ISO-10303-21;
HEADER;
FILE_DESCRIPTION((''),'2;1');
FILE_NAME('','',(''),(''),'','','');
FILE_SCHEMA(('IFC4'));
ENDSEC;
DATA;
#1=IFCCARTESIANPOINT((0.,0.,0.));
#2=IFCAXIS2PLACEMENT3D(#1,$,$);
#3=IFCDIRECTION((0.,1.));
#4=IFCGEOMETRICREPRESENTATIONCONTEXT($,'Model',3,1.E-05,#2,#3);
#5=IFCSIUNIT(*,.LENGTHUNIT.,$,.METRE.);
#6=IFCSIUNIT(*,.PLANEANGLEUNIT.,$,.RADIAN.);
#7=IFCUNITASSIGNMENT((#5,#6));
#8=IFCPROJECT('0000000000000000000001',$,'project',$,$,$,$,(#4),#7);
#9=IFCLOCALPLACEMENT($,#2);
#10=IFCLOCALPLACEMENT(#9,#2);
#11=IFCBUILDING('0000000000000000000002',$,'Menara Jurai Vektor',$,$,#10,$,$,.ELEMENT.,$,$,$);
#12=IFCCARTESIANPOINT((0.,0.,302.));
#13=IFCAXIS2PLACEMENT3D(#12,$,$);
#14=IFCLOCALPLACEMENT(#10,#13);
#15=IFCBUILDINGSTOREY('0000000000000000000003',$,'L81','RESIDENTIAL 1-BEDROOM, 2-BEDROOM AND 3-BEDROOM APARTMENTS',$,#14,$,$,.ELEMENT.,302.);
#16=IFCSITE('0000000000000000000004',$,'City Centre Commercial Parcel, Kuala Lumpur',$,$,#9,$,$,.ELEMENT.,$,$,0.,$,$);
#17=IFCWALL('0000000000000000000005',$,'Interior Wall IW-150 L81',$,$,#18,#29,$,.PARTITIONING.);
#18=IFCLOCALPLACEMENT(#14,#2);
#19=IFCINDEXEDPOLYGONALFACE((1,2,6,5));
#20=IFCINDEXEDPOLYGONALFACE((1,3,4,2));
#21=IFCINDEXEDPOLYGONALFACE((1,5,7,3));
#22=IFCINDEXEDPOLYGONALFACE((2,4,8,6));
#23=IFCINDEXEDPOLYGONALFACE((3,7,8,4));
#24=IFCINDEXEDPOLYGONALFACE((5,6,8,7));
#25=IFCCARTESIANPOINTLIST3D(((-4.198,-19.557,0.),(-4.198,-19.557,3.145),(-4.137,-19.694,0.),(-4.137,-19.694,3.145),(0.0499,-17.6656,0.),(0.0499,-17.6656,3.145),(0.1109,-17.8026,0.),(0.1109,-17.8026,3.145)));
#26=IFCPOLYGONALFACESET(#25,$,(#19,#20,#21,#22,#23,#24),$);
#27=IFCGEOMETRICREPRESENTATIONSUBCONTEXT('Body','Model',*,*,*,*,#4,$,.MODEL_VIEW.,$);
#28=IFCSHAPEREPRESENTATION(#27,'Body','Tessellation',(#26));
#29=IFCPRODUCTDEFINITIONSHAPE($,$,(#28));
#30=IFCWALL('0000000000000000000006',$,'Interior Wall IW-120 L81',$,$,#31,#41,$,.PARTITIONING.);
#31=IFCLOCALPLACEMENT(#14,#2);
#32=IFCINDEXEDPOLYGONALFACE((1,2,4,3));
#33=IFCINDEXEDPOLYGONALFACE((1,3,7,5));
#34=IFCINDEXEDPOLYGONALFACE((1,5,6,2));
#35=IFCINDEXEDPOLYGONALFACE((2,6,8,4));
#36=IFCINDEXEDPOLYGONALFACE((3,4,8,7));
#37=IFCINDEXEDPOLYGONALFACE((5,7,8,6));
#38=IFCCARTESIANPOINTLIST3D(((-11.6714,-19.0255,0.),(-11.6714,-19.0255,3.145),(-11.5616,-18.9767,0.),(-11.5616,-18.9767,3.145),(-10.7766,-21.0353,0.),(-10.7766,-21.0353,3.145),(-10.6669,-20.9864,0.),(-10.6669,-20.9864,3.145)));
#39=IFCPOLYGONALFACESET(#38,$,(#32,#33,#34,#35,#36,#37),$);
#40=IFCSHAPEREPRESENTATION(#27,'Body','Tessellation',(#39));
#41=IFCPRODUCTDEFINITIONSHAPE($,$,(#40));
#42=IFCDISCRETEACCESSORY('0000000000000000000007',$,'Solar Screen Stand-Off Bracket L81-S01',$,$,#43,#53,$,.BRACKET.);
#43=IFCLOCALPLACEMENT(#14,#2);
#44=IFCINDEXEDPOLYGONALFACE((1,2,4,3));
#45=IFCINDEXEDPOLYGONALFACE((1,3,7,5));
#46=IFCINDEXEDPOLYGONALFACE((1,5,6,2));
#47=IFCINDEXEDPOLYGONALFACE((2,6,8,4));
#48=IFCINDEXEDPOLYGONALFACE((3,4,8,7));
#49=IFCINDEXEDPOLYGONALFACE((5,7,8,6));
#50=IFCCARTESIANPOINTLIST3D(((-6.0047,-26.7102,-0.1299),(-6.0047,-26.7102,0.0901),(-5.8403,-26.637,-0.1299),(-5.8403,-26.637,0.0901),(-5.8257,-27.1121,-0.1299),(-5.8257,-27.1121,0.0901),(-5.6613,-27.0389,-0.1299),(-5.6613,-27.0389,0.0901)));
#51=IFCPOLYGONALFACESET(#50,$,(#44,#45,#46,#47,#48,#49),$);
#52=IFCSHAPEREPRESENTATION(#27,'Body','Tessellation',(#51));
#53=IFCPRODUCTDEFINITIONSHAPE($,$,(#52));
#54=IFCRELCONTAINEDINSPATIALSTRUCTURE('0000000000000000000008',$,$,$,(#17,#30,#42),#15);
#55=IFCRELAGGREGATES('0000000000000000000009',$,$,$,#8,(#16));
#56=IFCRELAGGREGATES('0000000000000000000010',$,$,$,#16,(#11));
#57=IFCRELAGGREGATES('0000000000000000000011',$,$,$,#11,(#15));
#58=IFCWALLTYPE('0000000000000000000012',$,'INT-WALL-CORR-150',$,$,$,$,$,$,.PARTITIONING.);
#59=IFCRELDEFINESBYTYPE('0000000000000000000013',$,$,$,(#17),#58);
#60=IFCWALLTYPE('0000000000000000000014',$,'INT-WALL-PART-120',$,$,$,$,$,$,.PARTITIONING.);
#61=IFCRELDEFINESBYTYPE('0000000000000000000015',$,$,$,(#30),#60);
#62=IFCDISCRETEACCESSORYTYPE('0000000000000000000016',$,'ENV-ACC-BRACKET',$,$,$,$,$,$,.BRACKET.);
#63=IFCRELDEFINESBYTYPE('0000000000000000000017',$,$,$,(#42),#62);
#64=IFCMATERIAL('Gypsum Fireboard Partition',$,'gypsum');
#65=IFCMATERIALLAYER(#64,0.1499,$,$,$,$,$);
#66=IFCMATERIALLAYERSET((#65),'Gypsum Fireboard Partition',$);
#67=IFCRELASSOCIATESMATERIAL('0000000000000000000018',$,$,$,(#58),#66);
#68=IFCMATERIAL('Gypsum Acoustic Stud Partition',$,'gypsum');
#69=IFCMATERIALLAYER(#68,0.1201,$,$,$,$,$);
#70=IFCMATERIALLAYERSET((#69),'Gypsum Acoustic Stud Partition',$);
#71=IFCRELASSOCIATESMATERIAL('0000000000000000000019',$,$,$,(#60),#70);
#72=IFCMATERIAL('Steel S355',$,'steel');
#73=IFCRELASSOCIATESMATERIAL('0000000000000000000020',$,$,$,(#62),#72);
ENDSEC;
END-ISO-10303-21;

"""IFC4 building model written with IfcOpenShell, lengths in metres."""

from ifc_helpers import new_model, si_unit, direction, frame, frame_2d, origin, origin_2d, place, context, subcontext, project, spatial, rectangle, extrude, material, layer, layer_set, type_object, element, save


model = new_model("IFC4")

# Units and contexts
model_context = context("Model", 3, precision=1e-05, world=origin(), true_north=direction((0.0, 1.0)))
body_context = subcontext(model_context, "Body", "Model", "MODEL_VIEW")
ifc_project = project(units=[si_unit("LENGTHUNIT", "METRE"), si_unit("PLANEANGLEUNIT", "RADIAN")], contexts=[model_context])

# Site, building, storey
site_placement = place(None, origin())
site = spatial("IfcSite", under=ifc_project, at=site_placement, Name="City Centre Commercial Parcel, Kuala Lumpur", CompositionType="ELEMENT", RefElevation=0.0)
building_placement = place(site_placement, origin())
building = spatial("IfcBuilding", under=site, at=building_placement, Name="Menara Jurai Vektor", CompositionType="ELEMENT")
storey_placement = place(building_placement, frame((0.0, 0.0, 302.0)))
storey = spatial("IfcBuildingStorey", under=building, at=storey_placement, Name="L81", Description="RESIDENTIAL 1-BEDROOM, 2-BEDROOM AND 3-BEDROOM APARTMENTS", CompositionType="ELEMENT", Elevation=302.0)

# Shared definitions
ifc_material_1 = material(Name="Steel S355", Category="steel")

# Shared definitions
ifc_material_2 = material(Name="Gypsum Fireboard Partition", Category="gypsum")
ifc_layer_1 = layer(ifc_material_2, 0.1499)
ifc_layer_set_1 = layer_set([ifc_layer_1], Name="Gypsum Fireboard Partition")
wall_type_1 = type_object("IfcWallType", Name="INT-WALL-CORR-150", PredefinedType="PARTITIONING", material=ifc_layer_set_1)

# Walls
wall_1_placement = place(storey_placement, frame((-4.1675, -19.6255, 0.0), z_axis=(0.0, 0.0, 1.0), x_axis=(0.913536, 0.406757, 0.0)))
element("IfcWall", 1, at=wall_1_placement, inside=storey, type_object=wall_type_1, Name="Interior Wall IW-150 L81", PredefinedType="PARTITIONING", context=body_context, shape_type="SweptSolid", body=[
    extrude(rectangle(XDim=4.6499, YDim=0.1499, at=frame_2d((2.325, 0.0))), origin(), (0.0, 0.0, 1.0), 3.145),
])
ifc_material_3 = material(Name="Gypsum Acoustic Stud Partition", Category="gypsum")
ifc_layer_2 = layer(ifc_material_3, 0.1201)
ifc_layer_set_2 = layer_set([ifc_layer_2], Name="Gypsum Acoustic Stud Partition")
wall_type_2 = type_object("IfcWallType", Name="INT-WALL-PART-120", PredefinedType="PARTITIONING", material=ifc_layer_set_2)
wall_2_placement = place(storey_placement, frame((-10.7217, -21.011, 0.0), z_axis=(0.0, 0.0, 1.0), x_axis=(-0.406725, 0.913551, 0.0)))
element("IfcWall", 2, at=wall_2_placement, inside=storey, type_object=wall_type_2, Name="Interior Wall IW-120 L81", PredefinedType="PARTITIONING", context=body_context, shape_type="SweptSolid", body=[
    extrude(rectangle(XDim=2.2, YDim=0.1201, at=frame_2d((1.1001, 0.0))), origin(), (0.0, 0.0, 1.0), 3.145),
])

# Discrete accessory
discrete_accessory_type = type_object("IfcDiscreteAccessoryType", Name="ENV-ACC-BRACKET", PredefinedType="BRACKET", material=ifc_material_1)
discrete_accessory_placement = place(storey_placement, frame((-5.833, -26.8745, -0.1299), z_axis=(0.0, 0.0, 1.0), x_axis=(0.913545, 0.406737, 0.0)))
element("IfcDiscreteAccessory", 3, at=discrete_accessory_placement, inside=storey, type_object=discrete_accessory_type, Name="Solar Screen Stand-Off Bracket L81-S01", PredefinedType="BRACKET", context=body_context, shape_type="SweptSolid", body=[
    extrude(rectangle(XDim=0.1799, YDim=0.4399, at=origin_2d()), origin(), (0.0, 0.0, 1.0), 0.22),
])

save(model, "model.ifc")
